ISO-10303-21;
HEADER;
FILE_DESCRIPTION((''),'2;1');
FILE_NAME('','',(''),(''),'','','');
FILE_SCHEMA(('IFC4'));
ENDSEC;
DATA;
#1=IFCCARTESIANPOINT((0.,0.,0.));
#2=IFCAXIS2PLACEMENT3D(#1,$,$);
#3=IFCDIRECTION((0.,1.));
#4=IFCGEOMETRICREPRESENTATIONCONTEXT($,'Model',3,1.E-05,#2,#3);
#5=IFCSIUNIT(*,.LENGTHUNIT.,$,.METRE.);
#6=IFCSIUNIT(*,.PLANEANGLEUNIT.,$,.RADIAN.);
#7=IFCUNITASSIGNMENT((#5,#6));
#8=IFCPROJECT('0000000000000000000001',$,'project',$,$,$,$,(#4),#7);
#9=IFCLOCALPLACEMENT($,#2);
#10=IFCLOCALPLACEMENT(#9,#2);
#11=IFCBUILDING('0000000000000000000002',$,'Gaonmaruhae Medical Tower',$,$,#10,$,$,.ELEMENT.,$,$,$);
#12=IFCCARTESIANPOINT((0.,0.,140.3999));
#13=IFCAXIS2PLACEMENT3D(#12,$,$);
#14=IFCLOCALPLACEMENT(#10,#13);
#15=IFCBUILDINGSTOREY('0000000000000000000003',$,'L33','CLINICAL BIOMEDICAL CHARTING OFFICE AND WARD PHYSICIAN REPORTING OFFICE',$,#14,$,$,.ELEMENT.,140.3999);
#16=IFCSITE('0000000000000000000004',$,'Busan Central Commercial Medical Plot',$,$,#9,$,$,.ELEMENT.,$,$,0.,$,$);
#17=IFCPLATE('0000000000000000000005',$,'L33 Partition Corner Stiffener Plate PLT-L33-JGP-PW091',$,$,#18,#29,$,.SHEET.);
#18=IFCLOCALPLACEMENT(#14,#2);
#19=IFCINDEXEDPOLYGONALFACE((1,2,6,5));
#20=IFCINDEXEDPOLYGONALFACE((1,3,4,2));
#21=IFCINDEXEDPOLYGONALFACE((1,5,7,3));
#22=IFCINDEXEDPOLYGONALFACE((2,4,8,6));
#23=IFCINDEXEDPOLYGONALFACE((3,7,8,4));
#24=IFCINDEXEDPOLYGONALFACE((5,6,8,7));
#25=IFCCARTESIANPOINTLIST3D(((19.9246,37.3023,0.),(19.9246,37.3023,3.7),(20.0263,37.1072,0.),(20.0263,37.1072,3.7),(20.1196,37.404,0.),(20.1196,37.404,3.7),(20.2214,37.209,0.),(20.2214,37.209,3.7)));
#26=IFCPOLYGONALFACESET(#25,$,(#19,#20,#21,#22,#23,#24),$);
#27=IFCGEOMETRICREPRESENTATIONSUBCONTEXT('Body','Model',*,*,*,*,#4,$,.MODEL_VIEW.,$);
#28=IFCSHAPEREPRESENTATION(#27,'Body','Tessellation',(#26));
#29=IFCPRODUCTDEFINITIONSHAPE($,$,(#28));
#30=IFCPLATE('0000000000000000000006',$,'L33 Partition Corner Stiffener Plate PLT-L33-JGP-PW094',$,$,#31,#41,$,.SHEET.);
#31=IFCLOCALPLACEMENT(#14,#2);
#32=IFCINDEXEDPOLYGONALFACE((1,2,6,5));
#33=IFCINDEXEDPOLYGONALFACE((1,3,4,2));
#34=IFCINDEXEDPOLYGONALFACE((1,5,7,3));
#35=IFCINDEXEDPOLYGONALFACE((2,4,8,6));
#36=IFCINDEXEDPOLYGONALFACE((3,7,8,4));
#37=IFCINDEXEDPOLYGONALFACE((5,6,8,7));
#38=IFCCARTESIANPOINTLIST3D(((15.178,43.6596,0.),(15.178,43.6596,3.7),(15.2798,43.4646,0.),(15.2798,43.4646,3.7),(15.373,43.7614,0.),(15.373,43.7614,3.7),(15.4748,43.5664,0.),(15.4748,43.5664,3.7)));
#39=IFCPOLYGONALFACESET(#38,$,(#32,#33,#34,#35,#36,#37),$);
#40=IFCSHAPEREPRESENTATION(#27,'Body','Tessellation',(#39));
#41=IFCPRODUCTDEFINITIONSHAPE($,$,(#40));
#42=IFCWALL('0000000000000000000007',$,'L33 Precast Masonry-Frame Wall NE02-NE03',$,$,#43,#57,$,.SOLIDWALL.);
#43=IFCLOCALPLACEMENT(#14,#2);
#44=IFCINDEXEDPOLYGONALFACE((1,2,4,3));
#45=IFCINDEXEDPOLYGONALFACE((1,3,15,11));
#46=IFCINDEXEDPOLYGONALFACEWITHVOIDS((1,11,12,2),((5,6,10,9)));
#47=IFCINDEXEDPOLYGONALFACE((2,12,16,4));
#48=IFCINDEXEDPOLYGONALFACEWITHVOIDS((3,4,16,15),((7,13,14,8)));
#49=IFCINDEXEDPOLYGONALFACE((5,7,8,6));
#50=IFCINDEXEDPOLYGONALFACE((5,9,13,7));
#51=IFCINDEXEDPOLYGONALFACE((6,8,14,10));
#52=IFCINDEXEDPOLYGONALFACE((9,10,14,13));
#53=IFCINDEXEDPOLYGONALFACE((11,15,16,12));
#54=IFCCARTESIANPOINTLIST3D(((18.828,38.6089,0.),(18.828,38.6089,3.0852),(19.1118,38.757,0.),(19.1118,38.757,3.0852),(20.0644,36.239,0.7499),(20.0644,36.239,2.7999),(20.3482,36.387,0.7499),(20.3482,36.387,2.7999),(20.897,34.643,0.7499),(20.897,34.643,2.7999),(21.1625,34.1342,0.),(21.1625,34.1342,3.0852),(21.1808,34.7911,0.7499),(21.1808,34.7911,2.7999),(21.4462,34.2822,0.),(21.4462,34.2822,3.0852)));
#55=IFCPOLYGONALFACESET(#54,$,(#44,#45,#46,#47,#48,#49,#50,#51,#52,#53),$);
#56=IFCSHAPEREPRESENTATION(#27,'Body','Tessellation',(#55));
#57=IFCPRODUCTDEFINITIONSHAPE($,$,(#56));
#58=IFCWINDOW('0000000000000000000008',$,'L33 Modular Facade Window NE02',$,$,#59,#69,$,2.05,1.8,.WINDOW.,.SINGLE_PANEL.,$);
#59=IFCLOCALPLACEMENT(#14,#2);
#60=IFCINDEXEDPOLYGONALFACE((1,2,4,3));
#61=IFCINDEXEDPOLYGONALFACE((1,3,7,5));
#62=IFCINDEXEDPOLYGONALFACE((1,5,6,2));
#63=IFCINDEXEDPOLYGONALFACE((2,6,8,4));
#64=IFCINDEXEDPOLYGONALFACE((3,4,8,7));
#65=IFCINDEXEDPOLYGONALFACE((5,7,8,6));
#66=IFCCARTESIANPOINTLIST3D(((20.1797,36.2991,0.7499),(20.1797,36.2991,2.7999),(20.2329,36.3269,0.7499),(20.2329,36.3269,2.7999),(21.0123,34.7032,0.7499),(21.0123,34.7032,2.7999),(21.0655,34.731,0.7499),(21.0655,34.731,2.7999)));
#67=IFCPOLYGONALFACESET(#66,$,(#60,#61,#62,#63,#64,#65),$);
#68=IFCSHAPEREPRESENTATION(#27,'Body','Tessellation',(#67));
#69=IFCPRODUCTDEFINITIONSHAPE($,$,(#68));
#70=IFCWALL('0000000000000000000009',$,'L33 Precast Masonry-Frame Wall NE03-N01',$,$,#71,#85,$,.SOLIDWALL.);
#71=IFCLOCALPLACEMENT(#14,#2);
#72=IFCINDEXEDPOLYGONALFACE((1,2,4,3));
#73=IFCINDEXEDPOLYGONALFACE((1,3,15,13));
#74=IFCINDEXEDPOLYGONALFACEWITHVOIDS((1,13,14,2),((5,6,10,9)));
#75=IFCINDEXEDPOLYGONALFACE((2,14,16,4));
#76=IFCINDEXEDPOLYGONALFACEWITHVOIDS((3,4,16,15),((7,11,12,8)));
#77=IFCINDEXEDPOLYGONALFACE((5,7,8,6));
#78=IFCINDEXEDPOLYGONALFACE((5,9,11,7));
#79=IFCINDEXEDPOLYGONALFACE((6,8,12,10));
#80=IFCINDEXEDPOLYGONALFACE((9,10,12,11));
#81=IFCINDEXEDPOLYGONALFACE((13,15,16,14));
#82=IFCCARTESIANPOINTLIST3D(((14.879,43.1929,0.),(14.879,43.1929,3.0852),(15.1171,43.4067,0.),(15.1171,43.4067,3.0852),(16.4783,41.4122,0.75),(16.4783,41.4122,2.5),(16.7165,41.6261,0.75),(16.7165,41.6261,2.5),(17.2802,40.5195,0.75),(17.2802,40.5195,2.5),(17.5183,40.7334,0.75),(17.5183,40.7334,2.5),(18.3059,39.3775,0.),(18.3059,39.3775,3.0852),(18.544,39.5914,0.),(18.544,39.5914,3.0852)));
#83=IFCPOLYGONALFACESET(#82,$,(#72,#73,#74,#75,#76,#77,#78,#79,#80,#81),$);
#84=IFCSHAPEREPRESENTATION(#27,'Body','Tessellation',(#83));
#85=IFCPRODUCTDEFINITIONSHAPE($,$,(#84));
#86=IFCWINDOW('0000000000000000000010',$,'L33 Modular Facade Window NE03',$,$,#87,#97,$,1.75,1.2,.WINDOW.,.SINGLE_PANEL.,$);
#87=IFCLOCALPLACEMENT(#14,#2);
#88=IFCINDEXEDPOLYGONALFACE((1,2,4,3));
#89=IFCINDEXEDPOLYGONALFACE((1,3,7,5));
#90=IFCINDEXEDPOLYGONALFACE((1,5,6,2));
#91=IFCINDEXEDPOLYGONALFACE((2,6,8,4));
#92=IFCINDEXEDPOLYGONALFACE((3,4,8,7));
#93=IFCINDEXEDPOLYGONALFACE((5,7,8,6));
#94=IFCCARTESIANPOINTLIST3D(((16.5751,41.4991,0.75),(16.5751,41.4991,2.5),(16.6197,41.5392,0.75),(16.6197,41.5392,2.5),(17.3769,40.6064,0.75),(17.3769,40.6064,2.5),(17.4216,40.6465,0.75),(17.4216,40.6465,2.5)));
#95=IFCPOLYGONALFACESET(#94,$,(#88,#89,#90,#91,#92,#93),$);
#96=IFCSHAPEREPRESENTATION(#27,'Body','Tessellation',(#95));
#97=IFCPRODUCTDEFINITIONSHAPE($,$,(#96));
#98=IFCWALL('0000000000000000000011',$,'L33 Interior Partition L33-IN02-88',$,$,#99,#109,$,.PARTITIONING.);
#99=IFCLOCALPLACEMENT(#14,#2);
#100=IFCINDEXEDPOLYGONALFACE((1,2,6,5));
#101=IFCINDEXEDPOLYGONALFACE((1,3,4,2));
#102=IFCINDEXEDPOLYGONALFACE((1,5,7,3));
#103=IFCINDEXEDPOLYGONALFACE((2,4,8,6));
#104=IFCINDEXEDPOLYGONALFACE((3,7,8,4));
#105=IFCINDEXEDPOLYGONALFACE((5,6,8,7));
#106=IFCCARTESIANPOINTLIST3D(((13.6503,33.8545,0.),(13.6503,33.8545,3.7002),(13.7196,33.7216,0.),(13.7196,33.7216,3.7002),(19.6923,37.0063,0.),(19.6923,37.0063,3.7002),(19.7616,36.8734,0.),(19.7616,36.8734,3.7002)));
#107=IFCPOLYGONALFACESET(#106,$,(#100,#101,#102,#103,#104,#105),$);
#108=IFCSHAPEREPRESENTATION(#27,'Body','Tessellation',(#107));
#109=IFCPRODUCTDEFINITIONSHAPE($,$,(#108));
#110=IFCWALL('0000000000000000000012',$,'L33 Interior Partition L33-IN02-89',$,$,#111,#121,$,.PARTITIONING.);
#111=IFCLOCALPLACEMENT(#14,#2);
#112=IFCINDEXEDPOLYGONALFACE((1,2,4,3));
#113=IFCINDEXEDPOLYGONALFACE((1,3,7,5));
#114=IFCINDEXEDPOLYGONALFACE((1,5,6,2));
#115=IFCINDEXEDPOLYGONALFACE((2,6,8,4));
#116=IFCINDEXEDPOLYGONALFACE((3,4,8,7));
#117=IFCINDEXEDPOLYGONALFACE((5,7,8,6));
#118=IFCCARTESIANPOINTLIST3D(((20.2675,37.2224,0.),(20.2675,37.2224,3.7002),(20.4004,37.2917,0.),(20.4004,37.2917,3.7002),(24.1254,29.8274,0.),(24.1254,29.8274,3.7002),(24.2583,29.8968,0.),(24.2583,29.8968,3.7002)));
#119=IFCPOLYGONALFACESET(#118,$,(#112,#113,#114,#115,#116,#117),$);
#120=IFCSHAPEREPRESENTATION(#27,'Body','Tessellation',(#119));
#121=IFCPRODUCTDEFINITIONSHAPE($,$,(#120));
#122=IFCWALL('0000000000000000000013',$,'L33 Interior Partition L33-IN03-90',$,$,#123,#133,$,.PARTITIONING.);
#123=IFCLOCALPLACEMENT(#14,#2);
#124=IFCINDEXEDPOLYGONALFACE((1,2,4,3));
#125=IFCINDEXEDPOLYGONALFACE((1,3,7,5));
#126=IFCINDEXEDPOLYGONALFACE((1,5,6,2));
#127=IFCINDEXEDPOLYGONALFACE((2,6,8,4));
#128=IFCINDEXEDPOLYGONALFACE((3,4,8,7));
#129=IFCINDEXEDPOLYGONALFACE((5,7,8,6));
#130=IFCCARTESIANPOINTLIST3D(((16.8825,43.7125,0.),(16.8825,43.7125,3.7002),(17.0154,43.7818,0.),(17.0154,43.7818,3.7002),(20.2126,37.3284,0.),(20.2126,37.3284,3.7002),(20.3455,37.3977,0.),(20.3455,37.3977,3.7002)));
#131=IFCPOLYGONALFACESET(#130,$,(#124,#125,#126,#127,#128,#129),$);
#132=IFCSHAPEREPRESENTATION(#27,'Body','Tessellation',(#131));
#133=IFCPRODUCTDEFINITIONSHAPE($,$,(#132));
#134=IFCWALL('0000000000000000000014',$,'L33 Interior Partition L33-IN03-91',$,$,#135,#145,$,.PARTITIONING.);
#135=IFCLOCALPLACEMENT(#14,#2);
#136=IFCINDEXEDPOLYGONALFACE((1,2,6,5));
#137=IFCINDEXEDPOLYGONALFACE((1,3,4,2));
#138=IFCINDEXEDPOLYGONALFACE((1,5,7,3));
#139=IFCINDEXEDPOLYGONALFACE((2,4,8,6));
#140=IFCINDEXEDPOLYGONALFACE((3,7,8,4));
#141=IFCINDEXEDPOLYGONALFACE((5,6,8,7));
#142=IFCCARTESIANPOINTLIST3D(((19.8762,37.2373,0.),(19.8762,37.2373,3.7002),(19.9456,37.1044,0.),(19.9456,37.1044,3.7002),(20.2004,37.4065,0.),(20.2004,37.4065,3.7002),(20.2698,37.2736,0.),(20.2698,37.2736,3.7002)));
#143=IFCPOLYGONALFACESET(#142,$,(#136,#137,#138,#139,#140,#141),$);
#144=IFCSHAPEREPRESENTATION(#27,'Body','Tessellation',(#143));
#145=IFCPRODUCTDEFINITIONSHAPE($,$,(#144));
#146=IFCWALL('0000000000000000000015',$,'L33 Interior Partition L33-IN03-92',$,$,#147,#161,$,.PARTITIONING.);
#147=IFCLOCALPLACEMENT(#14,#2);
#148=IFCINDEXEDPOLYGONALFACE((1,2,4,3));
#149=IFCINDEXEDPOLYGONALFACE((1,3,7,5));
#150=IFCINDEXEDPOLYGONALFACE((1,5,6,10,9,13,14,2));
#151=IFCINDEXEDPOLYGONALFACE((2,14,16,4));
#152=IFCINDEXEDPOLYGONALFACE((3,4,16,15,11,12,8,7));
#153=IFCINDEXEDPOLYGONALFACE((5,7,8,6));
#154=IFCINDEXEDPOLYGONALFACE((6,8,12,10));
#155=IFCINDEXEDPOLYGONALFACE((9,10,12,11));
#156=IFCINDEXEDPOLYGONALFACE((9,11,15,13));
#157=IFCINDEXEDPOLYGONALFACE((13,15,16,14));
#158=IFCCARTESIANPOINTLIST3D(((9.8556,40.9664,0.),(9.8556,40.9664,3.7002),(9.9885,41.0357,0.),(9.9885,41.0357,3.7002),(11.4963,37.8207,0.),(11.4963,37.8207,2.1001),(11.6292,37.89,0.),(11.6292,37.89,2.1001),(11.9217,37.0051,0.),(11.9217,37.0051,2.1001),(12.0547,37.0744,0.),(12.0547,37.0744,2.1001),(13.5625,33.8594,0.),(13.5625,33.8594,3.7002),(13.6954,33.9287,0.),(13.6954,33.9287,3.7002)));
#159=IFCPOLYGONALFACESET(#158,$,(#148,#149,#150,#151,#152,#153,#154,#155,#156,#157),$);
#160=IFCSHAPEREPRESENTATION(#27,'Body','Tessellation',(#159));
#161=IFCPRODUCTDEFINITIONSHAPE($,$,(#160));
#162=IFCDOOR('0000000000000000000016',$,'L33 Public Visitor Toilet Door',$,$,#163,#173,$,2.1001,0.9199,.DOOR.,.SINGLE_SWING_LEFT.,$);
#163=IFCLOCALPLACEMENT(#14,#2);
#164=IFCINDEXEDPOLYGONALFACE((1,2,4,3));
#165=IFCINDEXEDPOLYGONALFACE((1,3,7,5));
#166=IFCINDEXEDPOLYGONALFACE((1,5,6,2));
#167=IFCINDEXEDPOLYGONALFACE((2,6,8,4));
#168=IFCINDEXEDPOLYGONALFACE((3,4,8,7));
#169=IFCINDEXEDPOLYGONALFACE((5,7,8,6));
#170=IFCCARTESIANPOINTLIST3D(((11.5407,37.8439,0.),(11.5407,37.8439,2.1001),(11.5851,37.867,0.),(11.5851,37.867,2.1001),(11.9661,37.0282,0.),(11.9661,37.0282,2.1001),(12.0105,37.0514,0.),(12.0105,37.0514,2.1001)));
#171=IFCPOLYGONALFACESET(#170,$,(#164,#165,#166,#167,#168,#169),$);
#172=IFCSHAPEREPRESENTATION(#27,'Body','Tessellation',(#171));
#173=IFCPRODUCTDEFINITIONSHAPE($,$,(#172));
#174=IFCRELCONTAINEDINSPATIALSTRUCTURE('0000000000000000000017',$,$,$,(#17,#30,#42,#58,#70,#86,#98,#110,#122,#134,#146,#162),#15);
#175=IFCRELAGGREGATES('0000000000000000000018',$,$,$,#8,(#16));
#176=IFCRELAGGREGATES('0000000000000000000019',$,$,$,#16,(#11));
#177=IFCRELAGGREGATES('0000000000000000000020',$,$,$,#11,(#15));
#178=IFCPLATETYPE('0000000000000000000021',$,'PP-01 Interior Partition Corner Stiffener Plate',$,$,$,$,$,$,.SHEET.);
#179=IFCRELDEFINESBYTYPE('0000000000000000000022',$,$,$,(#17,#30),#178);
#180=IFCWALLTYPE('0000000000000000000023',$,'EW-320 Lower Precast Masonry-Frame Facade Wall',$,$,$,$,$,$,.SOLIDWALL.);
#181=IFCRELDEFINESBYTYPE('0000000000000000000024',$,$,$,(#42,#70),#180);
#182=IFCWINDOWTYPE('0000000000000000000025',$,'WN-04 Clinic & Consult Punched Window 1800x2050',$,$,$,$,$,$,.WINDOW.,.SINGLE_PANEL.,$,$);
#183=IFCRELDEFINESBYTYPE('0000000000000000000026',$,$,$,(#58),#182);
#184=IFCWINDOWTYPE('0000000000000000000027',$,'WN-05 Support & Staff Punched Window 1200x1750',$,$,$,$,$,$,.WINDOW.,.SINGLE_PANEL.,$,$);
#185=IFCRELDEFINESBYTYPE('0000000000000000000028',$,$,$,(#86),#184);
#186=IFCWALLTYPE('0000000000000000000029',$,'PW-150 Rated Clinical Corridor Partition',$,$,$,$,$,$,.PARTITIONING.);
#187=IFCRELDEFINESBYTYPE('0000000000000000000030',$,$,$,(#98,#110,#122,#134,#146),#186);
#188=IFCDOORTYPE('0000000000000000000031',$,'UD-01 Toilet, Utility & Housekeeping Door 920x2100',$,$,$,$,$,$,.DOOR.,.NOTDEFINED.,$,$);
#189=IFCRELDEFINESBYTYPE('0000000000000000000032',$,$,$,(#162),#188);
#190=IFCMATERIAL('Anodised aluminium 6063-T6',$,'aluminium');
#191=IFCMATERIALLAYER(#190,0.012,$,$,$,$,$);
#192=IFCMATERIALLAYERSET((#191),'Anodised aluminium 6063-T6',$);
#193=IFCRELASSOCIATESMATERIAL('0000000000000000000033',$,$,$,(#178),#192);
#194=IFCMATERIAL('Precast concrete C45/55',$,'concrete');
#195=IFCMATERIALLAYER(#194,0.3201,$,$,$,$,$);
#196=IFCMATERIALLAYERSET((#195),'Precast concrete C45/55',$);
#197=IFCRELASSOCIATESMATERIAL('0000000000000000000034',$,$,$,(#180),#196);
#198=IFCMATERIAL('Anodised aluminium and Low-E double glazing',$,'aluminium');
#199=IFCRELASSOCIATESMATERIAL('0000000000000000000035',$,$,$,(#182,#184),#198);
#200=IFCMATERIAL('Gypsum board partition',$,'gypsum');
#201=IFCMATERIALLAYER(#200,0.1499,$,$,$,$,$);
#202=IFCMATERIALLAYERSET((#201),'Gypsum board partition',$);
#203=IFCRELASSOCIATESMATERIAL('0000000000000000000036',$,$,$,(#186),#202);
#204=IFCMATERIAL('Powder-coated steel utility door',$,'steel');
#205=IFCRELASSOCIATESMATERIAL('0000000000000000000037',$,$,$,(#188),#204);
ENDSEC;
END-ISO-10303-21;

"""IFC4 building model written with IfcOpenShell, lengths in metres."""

from ifc_helpers import new_model, si_unit, direction, frame, frame_2d, origin, origin_2d, place, context, subcontext, project, spatial, rectangle, extrude, material, layer, layer_set, type_object, element, fill, save


model = new_model("IFC4")

# Units and contexts
model_context = context("Model", 3, precision=1e-05, world=origin(), true_north=direction((0.0, 1.0)))
body_context = subcontext(model_context, "Body", "Model", "MODEL_VIEW")
ifc_project = project(units=[si_unit("LENGTHUNIT", "METRE"), si_unit("PLANEANGLEUNIT", "RADIAN")], contexts=[model_context])

# Site, building, storey
site_placement = place(None, origin())
site = spatial("IfcSite", under=ifc_project, at=site_placement, Name="Busan Central Commercial Medical Plot", CompositionType="ELEMENT", RefElevation=0.0)
building_placement = place(site_placement, origin())
building = spatial("IfcBuilding", under=site, at=building_placement, Name="Gaonmaruhae Medical Tower", CompositionType="ELEMENT")
storey_placement = place(building_placement, frame((0.0, 0.0, 140.3999)))
storey = spatial("IfcBuildingStorey", under=building, at=storey_placement, Name="L33", Description="CLINICAL BIOMEDICAL CHARTING OFFICE AND WARD PHYSICIAN REPORTING OFFICE", CompositionType="ELEMENT", Elevation=140.3999)

# Plates
ifc_material_1 = material(Name="Anodised aluminium 6063-T6", Category="aluminium")
ifc_layer_1 = layer(ifc_material_1, 0.012)
ifc_layer_set_1 = layer_set([ifc_layer_1], Name="Anodised aluminium 6063-T6")
plate_type = type_object("IfcPlateType", Name="PP-01 Interior Partition Corner Stiffener Plate", PredefinedType="SHEET", material=ifc_layer_set_1)
for number, where, z_axis, x_axis, name in (
    (1, (20.073, 37.2556, 0.0), (0.0, 0.0, 1.0), (-0.886632, -0.462476, 0.0), "L33 Partition Corner Stiffener Plate PLT-L33-JGP-PW091"),
    (2, (15.3264, 43.613, 0.0), (0.0, 0.0, 1.0), (0.462832, -0.886446, 0.0), "L33 Partition Corner Stiffener Plate PLT-L33-JGP-PW094"),
):
    element("IfcPlate", number, at=place(storey_placement, frame(where, z_axis=z_axis, x_axis=x_axis)), inside=storey, type_object=plate_type, Name=name, PredefinedType="SHEET", context=body_context, shape_type="SweptSolid", body=[
        extrude(rectangle(XDim=0.22, YDim=0.22, at=origin_2d()), origin(), (0.0, 0.0, 1.0), 3.7),
    ])

# Walls, openings, windows
ifc_material_2 = material(Name="Precast concrete C45/55", Category="concrete")
ifc_layer_2 = layer(ifc_material_2, 0.3201)
ifc_layer_set_2 = layer_set([ifc_layer_2], Name="Precast concrete C45/55")
wall_type_1 = type_object("IfcWallType", Name="EW-320 Lower Precast Masonry-Frame Facade Wall", PredefinedType="SOLIDWALL", material=ifc_layer_set_2)
wall_1_placement = place(storey_placement, frame((18.97, 38.6829, 0.0), z_axis=(0.0, 0.0, 1.0), x_axis=(0.46253, -0.886604, 0.0)))
wall_1 = element("IfcWall", 3, at=wall_1_placement, inside=storey, type_object=wall_type_1, Name="L33 Precast Masonry-Frame Wall NE02-NE03", PredefinedType="SOLIDWALL", context=body_context, shape_type="SweptSolid", body=[
    extrude(rectangle(XDim=5.0471, YDim=0.3201, at=frame_2d((2.5234, 0.0))), origin(), (0.0, 0.0, 1.0), 3.0852),
])
opening_1_placement = place(wall_1_placement, frame((2.6731, 0.0, 0.75)))
opening_1 = element("IfcOpeningElement", 4, at=opening_1_placement, cuts=wall_1, PredefinedType="OPENING", context=body_context, shape_type="SweptSolid", body=[
    extrude(rectangle(XDim=1.8, YDim=2.05, at=frame_2d((0.8999, 1.0249))), frame((0.0, 0.1699, 0.0), z_axis=(0.0, -1.0, 0.0), x_axis=(1.0, 0.0, 0.0)), (0.0, 0.0, 1.0), 0.3401),
])
ifc_material_3 = material(Name="Anodised aluminium and Low-E double glazing", Category="aluminium")
window_type_1 = type_object("IfcWindowType", Name="WN-04 Clinic & Consult Punched Window 1800x2050", PartitioningType="SINGLE_PANEL", PredefinedType="WINDOW", material=ifc_material_3)
window_1_placement = place(opening_1_placement, origin())
window_1 = element("IfcWindow", 5, at=window_1_placement, inside=storey, type_object=window_type_1, Name="L33 Modular Facade Window NE02", OverallHeight=2.05, OverallWidth=1.8, PartitioningType="SINGLE_PANEL", PredefinedType="WINDOW", context=body_context, shape_type="SweptSolid", body=[
    extrude(rectangle(XDim=1.8, YDim=2.05, at=frame_2d((0.8999, 1.0249))), frame((0.0, 0.03, 0.0), z_axis=(0.0, -1.0, 0.0), x_axis=(1.0, 0.0, 0.0)), (0.0, 0.0, 1.0), 0.0601),
])
fill(opening_1, window_1)
wall_2_placement = place(storey_placement, frame((14.998, 43.2998, 0.0), z_axis=(0.0, 0.0, 1.0), x_axis=(0.668223, -0.743961, 0.0)))
wall_2 = element("IfcWall", 6, at=wall_2_placement, inside=storey, type_object=wall_type_1, Name="L33 Precast Masonry-Frame Wall NE03-N01", PredefinedType="SOLIDWALL", context=body_context, shape_type="SweptSolid", body=[
    extrude(rectangle(XDim=5.1284, YDim=0.3201, at=frame_2d((2.5642, 0.0))), origin(), (0.0, 0.0, 1.0), 3.0852),
])
opening_2_placement = place(wall_2_placement, frame((2.3933, 0.0, 0.75)))
opening_2 = element("IfcOpeningElement", 7, at=opening_2_placement, cuts=wall_2, PredefinedType="OPENING", context=body_context, shape_type="SweptSolid", body=[
    extrude(rectangle(XDim=1.2, YDim=1.75, at=frame_2d((0.6001, 0.875))), frame((0.0, 0.1699, 0.0), z_axis=(0.0, -1.0, 0.0), x_axis=(1.0, 0.0, 0.0)), (0.0, 0.0, 1.0), 0.3401),
])
window_type_2 = type_object("IfcWindowType", Name="WN-05 Support & Staff Punched Window 1200x1750", PartitioningType="SINGLE_PANEL", PredefinedType="WINDOW", material=ifc_material_3)
window_2_placement = place(opening_2_placement, origin())
window_2 = element("IfcWindow", 8, at=window_2_placement, inside=storey, type_object=window_type_2, Name="L33 Modular Facade Window NE03", OverallHeight=1.75, OverallWidth=1.2, PartitioningType="SINGLE_PANEL", PredefinedType="WINDOW", context=body_context, shape_type="SweptSolid", body=[
    extrude(rectangle(XDim=1.2, YDim=1.75, at=frame_2d((0.6001, 0.875))), frame((0.0, 0.03, 0.0), z_axis=(0.0, -1.0, 0.0), x_axis=(1.0, 0.0, 0.0)), (0.0, 0.0, 1.0), 0.0601),
])
fill(opening_2, window_2)

# Shared definitions
ifc_material_4 = material(Name="Gypsum board partition", Category="gypsum")
ifc_layer_3 = layer(ifc_material_4, 0.1499)
ifc_layer_set_3 = layer_set([ifc_layer_3], Name="Gypsum board partition")
wall_type_2 = type_object("IfcWallType", Name="PW-150 Rated Clinical Corridor Partition", PredefinedType="PARTITIONING", material=ifc_layer_set_3)

# Walls
wall_3_placement = place(storey_placement, frame((13.6851, 33.7881, 0.0), z_axis=(0.0, 0.0, 1.0), x_axis=(0.886614, 0.46251, 0.0)))
element("IfcWall", 9, at=wall_3_placement, inside=storey, type_object=wall_type_2, Name="L33 Interior Partition L33-IN02-88", PredefinedType="PARTITIONING", context=body_context, shape_type="SweptSolid", body=[
    extrude(rectangle(XDim=6.8147, YDim=0.1499, at=frame_2d((3.4072, 0.0))), origin(), (0.0, 0.0, 1.0), 3.7002),
])
wall_4_placement = place(storey_placement, frame((20.334, 37.2571, 0.0), z_axis=(0.0, 0.0, 1.0), x_axis=(0.462532, -0.886603, 0.0)))
element("IfcWall", 10, at=wall_4_placement, inside=storey, type_object=wall_type_2, Name="L33 Interior Partition L33-IN02-89", PredefinedType="PARTITIONING", context=body_context, shape_type="SweptSolid", body=[
    extrude(rectangle(XDim=8.3408, YDim=0.1499, at=frame_2d((4.1704, 0.0))), origin(), (0.0, 0.0, 1.0), 3.7002),
])
wall_5_placement = place(storey_placement, frame((16.949, 43.7471, 0.0), z_axis=(0.0, 0.0, 1.0), x_axis=(0.462487, -0.886626, 0.0)))
element("IfcWall", 11, at=wall_5_placement, inside=storey, type_object=wall_type_2, Name="L33 Interior Partition L33-IN03-90", PredefinedType="PARTITIONING", context=body_context, shape_type="SweptSolid", body=[
    extrude(rectangle(XDim=7.2004, YDim=0.1499, at=frame_2d((3.6001, 0.0))), origin(), (0.0, 0.0, 1.0), 3.7002),
])
wall_6_placement = place(storey_placement, frame((20.2351, 37.3401, 0.0), z_axis=(0.0, 0.0, 1.0), x_axis=(-0.886549, -0.462634, 0.0)))
element("IfcWall", 12, at=wall_6_placement, inside=storey, type_object=wall_type_2, Name="L33 Interior Partition L33-IN03-91", PredefinedType="PARTITIONING", context=body_context, shape_type="SweptSolid", body=[
    extrude(rectangle(XDim=0.3657, YDim=0.1499, at=frame_2d((0.1829, 0.0))), origin(), (0.0, 0.0, 1.0), 3.7002),
])

# Wall, opening, door
wall_7_placement = place(storey_placement, frame((13.6289, 33.894, 0.0), z_axis=(0.0, 0.0, 1.0), x_axis=(-0.46245, 0.886645, 0.0)))
wall_7 = element("IfcWall", 13, at=wall_7_placement, inside=storey, type_object=wall_type_2, Name="L33 Interior Partition L33-IN03-92", PredefinedType="PARTITIONING", context=body_context, shape_type="SweptSolid", body=[
    extrude(rectangle(XDim=8.0156, YDim=0.1499, at=frame_2d((4.0078, 0.0))), origin(), (0.0, 0.0, 1.0), 3.7002),
])
opening_3_placement = place(wall_7_placement, frame((3.5479, 0.0, 0.0)))
opening_3 = element("IfcOpeningElement", 14, at=opening_3_placement, cuts=wall_7, PredefinedType="OPENING", context=body_context, shape_type="SweptSolid", body=[
    extrude(rectangle(XDim=0.9199, YDim=2.1001, at=frame_2d((0.46, 1.05))), frame((0.0, 0.085, 0.0), z_axis=(0.0, -1.0, 0.0), x_axis=(1.0, 0.0, 0.0)), (0.0, 0.0, 1.0), 0.1699),
])
ifc_material_5 = material(Name="Powder-coated steel utility door", Category="steel")
door_type_1 = type_object("IfcDoorType", Name="UD-01 Toilet, Utility & Housekeeping Door 920x2100", OperationType="NOTDEFINED", PredefinedType="DOOR", material=ifc_material_5)
door_1_placement = place(opening_3_placement, origin())
door_1 = element("IfcDoor", 15, at=door_1_placement, inside=storey, type_object=door_type_1, Name="L33 Public Visitor Toilet Door", OperationType="SINGLE_SWING_LEFT", OverallHeight=2.1001, OverallWidth=0.9199, PredefinedType="DOOR", context=body_context, shape_type="SweptSolid", body=[
    extrude(rectangle(XDim=0.9199, YDim=2.1001, at=frame_2d((0.46, 1.05))), frame((0.0, 0.0249, 0.0), z_axis=(0.0, -1.0, 0.0), x_axis=(1.0, 0.0, 0.0)), (0.0, 0.0, 1.0), 0.05),
])
fill(opening_3, door_1)

save(model, "model.ifc")
